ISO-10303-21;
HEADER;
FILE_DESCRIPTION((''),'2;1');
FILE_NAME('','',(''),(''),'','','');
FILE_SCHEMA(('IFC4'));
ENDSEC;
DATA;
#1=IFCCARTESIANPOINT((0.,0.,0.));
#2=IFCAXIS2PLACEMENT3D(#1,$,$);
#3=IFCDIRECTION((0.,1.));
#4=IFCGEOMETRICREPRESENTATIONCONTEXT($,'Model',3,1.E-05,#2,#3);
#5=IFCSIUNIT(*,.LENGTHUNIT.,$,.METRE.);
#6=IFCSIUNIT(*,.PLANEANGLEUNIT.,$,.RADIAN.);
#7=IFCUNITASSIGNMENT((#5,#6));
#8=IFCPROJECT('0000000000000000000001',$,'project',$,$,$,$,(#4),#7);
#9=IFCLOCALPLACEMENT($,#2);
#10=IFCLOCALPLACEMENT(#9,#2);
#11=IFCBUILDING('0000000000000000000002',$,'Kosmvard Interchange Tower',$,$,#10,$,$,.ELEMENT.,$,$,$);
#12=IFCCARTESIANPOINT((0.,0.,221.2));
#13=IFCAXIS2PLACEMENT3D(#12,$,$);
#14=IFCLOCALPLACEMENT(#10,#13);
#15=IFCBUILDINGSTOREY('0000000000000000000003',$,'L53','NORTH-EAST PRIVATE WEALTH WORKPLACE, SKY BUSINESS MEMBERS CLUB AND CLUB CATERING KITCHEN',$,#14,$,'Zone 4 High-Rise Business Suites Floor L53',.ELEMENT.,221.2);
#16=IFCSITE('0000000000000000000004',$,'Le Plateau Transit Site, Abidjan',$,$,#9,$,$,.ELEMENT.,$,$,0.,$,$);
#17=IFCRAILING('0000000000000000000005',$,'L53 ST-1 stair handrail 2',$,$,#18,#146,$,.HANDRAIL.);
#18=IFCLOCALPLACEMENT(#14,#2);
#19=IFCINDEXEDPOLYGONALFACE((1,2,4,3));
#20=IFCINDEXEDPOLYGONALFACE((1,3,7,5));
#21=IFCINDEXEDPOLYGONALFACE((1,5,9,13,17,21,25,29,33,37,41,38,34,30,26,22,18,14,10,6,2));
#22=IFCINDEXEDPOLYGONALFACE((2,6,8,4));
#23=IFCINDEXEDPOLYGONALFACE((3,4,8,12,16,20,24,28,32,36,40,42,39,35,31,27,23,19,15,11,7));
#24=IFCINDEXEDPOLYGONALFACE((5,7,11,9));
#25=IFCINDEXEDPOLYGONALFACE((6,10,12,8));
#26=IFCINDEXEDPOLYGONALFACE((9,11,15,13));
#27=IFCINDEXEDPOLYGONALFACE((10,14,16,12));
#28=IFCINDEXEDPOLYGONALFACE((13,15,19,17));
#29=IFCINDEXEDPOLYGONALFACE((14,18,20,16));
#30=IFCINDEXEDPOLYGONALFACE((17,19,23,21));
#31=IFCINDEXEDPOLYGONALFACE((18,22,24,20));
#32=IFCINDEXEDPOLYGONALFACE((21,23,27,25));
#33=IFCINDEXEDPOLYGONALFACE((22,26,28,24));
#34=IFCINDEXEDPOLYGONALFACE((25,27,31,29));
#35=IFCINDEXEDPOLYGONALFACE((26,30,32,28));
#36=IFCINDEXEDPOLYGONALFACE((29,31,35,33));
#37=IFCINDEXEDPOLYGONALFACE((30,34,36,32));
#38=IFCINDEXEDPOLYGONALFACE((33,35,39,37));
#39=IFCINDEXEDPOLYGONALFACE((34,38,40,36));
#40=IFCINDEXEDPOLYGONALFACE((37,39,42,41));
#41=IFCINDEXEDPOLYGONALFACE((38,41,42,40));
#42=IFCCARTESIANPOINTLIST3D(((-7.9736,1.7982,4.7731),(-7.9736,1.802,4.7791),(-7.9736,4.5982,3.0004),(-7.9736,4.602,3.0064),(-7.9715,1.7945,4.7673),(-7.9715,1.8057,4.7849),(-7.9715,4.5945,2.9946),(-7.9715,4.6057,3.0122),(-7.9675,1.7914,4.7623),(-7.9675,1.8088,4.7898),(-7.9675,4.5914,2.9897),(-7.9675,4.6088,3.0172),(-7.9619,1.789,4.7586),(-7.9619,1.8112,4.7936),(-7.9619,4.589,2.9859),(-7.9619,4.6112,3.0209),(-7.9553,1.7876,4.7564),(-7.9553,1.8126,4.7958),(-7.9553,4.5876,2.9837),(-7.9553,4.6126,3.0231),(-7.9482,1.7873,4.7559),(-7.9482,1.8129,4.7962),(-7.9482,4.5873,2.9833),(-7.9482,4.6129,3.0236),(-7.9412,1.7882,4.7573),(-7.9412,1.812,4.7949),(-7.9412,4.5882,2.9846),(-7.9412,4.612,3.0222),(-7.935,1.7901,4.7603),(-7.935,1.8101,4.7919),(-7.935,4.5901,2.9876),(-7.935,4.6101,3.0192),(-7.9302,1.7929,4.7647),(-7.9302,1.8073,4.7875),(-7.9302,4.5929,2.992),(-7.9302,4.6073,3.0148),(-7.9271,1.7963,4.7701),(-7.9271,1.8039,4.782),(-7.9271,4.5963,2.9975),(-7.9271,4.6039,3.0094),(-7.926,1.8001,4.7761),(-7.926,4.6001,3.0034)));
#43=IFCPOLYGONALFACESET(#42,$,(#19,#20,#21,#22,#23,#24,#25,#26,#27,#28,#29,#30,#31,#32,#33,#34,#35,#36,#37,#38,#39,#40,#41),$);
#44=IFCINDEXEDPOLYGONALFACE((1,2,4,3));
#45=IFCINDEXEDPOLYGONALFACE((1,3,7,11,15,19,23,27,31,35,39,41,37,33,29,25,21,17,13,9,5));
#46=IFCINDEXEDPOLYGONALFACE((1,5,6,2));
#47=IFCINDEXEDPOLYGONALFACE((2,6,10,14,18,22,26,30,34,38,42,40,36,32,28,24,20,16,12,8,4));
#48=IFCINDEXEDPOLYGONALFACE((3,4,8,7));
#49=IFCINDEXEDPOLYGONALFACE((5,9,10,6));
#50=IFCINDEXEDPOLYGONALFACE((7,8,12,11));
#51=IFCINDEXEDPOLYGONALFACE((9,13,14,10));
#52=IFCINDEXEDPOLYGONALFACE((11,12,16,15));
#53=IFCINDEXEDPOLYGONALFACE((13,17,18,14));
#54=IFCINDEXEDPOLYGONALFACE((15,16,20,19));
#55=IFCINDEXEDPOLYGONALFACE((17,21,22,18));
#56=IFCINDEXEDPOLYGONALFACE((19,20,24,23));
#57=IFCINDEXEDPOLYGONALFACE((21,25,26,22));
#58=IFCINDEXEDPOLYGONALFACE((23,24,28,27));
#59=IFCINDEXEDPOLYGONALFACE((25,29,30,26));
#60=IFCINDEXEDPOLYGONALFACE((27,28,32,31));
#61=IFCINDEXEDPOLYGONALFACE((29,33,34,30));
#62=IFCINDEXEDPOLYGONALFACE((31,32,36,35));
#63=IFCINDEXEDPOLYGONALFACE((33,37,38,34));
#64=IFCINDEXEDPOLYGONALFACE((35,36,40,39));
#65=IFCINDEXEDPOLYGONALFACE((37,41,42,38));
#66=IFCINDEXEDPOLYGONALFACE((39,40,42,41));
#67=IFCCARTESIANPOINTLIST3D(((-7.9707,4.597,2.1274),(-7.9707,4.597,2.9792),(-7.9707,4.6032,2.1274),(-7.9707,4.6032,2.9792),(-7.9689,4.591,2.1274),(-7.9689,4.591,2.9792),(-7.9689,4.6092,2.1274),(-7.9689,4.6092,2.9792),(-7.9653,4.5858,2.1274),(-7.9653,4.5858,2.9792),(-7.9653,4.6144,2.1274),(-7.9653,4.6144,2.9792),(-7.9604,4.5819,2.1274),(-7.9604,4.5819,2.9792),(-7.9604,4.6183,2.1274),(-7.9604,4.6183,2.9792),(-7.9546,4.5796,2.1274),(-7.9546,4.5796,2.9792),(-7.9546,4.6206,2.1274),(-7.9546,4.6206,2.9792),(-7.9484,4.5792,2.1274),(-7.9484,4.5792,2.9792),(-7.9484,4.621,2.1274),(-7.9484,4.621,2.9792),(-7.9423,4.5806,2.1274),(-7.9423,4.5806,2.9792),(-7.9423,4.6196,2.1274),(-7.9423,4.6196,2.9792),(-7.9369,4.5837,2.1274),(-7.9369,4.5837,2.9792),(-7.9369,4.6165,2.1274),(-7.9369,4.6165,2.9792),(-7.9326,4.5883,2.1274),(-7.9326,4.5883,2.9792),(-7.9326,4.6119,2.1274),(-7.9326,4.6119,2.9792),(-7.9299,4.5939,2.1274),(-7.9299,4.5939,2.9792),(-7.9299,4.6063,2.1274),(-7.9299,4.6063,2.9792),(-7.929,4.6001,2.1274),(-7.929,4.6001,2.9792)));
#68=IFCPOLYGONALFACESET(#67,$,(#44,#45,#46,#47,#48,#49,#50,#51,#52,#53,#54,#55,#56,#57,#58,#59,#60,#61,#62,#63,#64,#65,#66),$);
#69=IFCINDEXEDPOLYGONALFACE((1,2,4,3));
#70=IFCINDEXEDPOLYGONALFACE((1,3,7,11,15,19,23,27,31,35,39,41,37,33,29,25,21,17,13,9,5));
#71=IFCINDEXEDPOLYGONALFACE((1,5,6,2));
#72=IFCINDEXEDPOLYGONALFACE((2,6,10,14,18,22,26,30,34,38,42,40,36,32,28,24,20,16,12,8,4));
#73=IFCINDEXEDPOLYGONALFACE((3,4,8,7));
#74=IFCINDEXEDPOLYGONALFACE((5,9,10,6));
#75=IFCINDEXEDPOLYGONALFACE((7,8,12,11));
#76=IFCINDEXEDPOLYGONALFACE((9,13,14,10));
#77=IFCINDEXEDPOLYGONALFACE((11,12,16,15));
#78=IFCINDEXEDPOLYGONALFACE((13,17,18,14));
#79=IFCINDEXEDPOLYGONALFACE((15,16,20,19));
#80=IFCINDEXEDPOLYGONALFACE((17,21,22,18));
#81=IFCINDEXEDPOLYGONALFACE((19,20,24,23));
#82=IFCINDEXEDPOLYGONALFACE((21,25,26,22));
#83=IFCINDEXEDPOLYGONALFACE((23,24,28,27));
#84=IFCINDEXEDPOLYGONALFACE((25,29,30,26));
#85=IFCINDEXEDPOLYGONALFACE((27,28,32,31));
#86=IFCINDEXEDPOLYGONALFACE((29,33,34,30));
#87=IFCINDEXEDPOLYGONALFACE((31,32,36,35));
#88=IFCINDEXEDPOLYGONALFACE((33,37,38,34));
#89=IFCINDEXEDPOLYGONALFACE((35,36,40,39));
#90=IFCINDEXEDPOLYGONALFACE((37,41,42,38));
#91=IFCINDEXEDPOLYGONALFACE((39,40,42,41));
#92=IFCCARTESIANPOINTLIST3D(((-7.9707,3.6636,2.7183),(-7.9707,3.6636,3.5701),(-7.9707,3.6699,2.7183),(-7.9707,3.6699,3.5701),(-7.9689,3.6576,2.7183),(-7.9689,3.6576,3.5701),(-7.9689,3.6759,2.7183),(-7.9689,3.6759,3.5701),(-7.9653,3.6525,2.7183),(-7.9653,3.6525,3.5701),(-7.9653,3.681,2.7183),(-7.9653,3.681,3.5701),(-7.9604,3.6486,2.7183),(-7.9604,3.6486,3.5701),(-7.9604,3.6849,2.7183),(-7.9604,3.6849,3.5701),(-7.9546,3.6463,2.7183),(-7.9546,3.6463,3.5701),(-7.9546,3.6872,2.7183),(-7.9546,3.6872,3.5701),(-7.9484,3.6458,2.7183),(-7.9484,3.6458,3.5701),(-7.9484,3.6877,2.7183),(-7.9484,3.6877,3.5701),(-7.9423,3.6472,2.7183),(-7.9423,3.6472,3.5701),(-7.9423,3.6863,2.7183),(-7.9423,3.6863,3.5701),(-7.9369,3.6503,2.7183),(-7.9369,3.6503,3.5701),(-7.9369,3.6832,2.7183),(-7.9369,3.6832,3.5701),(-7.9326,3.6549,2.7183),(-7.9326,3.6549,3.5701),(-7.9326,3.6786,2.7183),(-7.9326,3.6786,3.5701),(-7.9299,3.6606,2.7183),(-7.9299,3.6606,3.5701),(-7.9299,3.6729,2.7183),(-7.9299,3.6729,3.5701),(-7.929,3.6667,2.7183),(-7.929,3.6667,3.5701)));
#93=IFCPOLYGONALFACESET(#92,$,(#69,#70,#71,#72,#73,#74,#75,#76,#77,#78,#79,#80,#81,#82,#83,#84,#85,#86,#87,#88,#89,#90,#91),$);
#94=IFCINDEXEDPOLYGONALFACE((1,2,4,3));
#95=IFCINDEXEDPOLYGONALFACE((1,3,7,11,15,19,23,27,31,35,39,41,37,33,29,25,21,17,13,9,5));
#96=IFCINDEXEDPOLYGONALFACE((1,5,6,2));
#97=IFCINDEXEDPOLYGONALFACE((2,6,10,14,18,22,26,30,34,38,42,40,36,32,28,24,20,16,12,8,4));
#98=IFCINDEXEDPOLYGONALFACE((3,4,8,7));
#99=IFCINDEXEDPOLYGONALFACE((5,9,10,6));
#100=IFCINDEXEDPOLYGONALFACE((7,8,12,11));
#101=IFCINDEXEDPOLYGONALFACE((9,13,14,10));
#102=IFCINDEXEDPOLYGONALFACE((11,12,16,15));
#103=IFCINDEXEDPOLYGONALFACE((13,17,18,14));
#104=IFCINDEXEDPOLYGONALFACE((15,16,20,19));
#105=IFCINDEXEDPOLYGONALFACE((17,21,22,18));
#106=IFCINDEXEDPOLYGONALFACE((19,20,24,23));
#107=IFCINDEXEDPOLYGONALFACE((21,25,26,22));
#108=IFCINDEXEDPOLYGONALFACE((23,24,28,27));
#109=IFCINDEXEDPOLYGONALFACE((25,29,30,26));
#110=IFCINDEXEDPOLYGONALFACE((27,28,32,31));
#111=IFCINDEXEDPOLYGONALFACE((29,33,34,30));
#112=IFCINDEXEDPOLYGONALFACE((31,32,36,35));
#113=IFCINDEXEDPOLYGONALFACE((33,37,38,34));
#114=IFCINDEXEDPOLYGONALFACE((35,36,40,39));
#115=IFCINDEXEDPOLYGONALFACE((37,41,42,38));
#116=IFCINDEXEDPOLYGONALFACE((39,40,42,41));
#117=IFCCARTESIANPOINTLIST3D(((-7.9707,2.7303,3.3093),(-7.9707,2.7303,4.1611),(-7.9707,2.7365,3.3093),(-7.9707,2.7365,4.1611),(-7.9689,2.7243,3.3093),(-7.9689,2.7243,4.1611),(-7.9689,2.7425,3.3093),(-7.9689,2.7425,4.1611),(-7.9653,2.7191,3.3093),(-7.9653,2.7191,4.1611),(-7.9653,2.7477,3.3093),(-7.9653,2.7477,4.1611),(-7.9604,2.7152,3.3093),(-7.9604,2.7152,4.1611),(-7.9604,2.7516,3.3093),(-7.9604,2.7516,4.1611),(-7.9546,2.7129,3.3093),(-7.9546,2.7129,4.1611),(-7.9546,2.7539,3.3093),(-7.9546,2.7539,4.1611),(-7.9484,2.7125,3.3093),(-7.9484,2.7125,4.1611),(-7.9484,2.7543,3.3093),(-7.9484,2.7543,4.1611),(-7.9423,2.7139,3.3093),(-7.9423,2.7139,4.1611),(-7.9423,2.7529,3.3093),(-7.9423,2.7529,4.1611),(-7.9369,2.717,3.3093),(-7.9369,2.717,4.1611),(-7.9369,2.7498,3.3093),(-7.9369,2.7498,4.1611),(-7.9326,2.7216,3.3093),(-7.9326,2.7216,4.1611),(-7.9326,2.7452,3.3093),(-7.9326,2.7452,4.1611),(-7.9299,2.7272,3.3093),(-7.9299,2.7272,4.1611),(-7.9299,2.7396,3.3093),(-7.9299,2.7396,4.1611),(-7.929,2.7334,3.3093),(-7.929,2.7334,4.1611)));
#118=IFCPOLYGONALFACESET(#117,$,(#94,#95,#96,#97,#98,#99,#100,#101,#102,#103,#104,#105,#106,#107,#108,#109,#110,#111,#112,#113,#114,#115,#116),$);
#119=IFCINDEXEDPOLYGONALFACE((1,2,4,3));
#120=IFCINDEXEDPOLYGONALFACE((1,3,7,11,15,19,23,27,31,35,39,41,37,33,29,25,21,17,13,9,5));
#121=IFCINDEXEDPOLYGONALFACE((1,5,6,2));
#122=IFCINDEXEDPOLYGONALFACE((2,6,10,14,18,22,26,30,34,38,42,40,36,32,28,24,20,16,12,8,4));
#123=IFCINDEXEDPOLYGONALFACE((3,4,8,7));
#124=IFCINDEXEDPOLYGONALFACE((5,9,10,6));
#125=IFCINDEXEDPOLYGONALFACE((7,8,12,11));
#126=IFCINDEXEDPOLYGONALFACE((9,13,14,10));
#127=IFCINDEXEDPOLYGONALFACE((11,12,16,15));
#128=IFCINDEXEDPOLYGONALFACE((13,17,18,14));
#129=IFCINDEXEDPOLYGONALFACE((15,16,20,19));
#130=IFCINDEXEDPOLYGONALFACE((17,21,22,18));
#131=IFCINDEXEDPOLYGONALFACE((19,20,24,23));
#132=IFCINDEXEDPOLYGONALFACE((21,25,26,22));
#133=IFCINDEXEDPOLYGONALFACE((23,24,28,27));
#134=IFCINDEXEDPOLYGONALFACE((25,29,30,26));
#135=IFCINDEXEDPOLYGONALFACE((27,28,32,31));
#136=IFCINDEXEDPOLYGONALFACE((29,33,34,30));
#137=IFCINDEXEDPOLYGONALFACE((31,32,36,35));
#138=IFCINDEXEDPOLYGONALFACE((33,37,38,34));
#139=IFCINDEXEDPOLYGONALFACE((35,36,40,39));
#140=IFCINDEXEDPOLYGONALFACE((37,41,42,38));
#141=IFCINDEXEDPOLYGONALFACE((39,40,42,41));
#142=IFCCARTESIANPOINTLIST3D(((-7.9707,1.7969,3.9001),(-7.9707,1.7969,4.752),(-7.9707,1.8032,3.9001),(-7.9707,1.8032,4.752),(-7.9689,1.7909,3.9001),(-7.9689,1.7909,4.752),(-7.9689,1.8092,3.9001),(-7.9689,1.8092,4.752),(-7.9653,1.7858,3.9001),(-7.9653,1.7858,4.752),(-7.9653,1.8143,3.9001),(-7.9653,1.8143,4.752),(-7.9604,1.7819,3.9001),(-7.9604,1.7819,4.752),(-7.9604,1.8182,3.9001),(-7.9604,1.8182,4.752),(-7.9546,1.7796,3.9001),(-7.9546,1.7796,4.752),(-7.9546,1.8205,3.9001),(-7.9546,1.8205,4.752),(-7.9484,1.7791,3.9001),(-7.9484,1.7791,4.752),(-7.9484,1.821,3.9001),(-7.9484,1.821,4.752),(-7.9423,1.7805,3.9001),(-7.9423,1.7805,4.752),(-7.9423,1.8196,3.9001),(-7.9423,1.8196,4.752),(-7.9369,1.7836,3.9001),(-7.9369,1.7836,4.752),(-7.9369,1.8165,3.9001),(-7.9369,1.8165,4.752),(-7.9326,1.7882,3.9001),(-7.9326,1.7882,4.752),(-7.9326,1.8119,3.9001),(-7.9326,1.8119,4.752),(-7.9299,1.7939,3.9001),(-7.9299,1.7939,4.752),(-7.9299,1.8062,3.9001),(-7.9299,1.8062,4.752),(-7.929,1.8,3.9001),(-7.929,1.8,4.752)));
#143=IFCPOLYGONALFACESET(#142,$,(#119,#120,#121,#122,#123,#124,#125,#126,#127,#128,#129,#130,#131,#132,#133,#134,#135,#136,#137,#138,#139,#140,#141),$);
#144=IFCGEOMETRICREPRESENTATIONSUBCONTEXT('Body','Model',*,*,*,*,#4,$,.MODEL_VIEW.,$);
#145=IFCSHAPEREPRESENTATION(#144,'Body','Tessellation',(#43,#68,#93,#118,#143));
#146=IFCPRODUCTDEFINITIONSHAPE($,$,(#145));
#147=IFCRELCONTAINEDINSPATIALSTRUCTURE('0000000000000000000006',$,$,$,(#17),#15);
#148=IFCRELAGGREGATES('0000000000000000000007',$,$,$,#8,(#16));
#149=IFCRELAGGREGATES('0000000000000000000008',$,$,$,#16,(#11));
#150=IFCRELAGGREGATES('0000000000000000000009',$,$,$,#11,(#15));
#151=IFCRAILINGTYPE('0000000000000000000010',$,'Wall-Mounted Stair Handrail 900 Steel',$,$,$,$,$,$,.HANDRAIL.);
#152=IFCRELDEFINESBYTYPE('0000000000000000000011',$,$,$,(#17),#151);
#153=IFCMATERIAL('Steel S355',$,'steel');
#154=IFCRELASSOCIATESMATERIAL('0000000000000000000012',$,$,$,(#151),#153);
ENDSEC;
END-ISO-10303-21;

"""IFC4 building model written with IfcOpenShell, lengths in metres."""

from ifc_helpers import new_model, si_unit, direction, frame, origin, origin_2d, place, context, subcontext, project, spatial, circle, extrude, source, transform, mapped, material, type_object, element, save


model = new_model("IFC4")

# Units and contexts
model_context = context("Model", 3, precision=1e-05, world=origin(), true_north=direction((0.0, 1.0)))
body_context = subcontext(model_context, "Body", "Model", "MODEL_VIEW")
ifc_project = project(units=[si_unit("LENGTHUNIT", "METRE"), si_unit("PLANEANGLEUNIT", "RADIAN")], contexts=[model_context])

# Site, building, storey
site_placement = place(None, origin())
site = spatial("IfcSite", under=ifc_project, at=site_placement, Name="Le Plateau Transit Site, Abidjan", CompositionType="ELEMENT", RefElevation=0.0)
building_placement = place(site_placement, origin())
building = spatial("IfcBuilding", under=site, at=building_placement, Name="Kosmvard Interchange Tower", CompositionType="ELEMENT")
storey_placement = place(building_placement, frame((0.0, 0.0, 221.2)))
storey = spatial("IfcBuildingStorey", under=building, at=storey_placement, Name="L53", Description="NORTH-EAST PRIVATE WEALTH WORKPLACE, SKY BUSINESS MEMBERS CLUB AND CLUB CATERING KITCHEN", LongName="Zone 4 High-Rise Business Suites Floor L53", CompositionType="ELEMENT", Elevation=221.2)

# Shared definitions
ifc_material_1 = material(Name="Steel S355", Category="steel")

# Railing
railing_type_1 = type_object("IfcRailingType", Name="Wall-Mounted Stair Handrail 900 Steel", PredefinedType="HANDRAIL", material=ifc_material_1)
shared_shape_1 = source(origin(), body_context, "Body", "SweptSolid", [
    extrude(circle(Radius=0.0239, at=origin_2d()), frame((0.0, 0.0, 0.876), z_axis=(0.0, -0.844909, 0.53491), x_axis=(1.0, 0.0, 0.0)), (0.0, 0.0, 1.0), 3.314),
    extrude(circle(Radius=0.021, at=origin_2d()), origin(), (0.0, 0.0, 1.0), 0.8518),
    extrude(circle(Radius=0.021, at=origin_2d()), frame((0.0, -0.9333, 0.5908)), (0.0, 0.0, 1.0), 0.8518),
    extrude(circle(Radius=0.021, at=origin_2d()), frame((0.0, -1.8667, 1.1819)), (0.0, 0.0, 1.0), 0.8518),
    extrude(circle(Radius=0.021, at=origin_2d()), frame((0.0, -2.8, 1.7727)), (0.0, 0.0, 1.0), 0.8518),
])
railing_1_placement = place(storey_placement, frame((-7.95, 4.6001, 2.1274)))
element("IfcRailing", 1, at=railing_1_placement, inside=storey, type_object=railing_type_1, Name="L53 ST-1 stair handrail 2", PredefinedType="HANDRAIL", context=body_context, shape_type="MappedRepresentation", body=[
    mapped(shared_shape_1, transform((0.0, 0.0, 0.0), scale=1.0)),
])

save(model, "model.ifc")
